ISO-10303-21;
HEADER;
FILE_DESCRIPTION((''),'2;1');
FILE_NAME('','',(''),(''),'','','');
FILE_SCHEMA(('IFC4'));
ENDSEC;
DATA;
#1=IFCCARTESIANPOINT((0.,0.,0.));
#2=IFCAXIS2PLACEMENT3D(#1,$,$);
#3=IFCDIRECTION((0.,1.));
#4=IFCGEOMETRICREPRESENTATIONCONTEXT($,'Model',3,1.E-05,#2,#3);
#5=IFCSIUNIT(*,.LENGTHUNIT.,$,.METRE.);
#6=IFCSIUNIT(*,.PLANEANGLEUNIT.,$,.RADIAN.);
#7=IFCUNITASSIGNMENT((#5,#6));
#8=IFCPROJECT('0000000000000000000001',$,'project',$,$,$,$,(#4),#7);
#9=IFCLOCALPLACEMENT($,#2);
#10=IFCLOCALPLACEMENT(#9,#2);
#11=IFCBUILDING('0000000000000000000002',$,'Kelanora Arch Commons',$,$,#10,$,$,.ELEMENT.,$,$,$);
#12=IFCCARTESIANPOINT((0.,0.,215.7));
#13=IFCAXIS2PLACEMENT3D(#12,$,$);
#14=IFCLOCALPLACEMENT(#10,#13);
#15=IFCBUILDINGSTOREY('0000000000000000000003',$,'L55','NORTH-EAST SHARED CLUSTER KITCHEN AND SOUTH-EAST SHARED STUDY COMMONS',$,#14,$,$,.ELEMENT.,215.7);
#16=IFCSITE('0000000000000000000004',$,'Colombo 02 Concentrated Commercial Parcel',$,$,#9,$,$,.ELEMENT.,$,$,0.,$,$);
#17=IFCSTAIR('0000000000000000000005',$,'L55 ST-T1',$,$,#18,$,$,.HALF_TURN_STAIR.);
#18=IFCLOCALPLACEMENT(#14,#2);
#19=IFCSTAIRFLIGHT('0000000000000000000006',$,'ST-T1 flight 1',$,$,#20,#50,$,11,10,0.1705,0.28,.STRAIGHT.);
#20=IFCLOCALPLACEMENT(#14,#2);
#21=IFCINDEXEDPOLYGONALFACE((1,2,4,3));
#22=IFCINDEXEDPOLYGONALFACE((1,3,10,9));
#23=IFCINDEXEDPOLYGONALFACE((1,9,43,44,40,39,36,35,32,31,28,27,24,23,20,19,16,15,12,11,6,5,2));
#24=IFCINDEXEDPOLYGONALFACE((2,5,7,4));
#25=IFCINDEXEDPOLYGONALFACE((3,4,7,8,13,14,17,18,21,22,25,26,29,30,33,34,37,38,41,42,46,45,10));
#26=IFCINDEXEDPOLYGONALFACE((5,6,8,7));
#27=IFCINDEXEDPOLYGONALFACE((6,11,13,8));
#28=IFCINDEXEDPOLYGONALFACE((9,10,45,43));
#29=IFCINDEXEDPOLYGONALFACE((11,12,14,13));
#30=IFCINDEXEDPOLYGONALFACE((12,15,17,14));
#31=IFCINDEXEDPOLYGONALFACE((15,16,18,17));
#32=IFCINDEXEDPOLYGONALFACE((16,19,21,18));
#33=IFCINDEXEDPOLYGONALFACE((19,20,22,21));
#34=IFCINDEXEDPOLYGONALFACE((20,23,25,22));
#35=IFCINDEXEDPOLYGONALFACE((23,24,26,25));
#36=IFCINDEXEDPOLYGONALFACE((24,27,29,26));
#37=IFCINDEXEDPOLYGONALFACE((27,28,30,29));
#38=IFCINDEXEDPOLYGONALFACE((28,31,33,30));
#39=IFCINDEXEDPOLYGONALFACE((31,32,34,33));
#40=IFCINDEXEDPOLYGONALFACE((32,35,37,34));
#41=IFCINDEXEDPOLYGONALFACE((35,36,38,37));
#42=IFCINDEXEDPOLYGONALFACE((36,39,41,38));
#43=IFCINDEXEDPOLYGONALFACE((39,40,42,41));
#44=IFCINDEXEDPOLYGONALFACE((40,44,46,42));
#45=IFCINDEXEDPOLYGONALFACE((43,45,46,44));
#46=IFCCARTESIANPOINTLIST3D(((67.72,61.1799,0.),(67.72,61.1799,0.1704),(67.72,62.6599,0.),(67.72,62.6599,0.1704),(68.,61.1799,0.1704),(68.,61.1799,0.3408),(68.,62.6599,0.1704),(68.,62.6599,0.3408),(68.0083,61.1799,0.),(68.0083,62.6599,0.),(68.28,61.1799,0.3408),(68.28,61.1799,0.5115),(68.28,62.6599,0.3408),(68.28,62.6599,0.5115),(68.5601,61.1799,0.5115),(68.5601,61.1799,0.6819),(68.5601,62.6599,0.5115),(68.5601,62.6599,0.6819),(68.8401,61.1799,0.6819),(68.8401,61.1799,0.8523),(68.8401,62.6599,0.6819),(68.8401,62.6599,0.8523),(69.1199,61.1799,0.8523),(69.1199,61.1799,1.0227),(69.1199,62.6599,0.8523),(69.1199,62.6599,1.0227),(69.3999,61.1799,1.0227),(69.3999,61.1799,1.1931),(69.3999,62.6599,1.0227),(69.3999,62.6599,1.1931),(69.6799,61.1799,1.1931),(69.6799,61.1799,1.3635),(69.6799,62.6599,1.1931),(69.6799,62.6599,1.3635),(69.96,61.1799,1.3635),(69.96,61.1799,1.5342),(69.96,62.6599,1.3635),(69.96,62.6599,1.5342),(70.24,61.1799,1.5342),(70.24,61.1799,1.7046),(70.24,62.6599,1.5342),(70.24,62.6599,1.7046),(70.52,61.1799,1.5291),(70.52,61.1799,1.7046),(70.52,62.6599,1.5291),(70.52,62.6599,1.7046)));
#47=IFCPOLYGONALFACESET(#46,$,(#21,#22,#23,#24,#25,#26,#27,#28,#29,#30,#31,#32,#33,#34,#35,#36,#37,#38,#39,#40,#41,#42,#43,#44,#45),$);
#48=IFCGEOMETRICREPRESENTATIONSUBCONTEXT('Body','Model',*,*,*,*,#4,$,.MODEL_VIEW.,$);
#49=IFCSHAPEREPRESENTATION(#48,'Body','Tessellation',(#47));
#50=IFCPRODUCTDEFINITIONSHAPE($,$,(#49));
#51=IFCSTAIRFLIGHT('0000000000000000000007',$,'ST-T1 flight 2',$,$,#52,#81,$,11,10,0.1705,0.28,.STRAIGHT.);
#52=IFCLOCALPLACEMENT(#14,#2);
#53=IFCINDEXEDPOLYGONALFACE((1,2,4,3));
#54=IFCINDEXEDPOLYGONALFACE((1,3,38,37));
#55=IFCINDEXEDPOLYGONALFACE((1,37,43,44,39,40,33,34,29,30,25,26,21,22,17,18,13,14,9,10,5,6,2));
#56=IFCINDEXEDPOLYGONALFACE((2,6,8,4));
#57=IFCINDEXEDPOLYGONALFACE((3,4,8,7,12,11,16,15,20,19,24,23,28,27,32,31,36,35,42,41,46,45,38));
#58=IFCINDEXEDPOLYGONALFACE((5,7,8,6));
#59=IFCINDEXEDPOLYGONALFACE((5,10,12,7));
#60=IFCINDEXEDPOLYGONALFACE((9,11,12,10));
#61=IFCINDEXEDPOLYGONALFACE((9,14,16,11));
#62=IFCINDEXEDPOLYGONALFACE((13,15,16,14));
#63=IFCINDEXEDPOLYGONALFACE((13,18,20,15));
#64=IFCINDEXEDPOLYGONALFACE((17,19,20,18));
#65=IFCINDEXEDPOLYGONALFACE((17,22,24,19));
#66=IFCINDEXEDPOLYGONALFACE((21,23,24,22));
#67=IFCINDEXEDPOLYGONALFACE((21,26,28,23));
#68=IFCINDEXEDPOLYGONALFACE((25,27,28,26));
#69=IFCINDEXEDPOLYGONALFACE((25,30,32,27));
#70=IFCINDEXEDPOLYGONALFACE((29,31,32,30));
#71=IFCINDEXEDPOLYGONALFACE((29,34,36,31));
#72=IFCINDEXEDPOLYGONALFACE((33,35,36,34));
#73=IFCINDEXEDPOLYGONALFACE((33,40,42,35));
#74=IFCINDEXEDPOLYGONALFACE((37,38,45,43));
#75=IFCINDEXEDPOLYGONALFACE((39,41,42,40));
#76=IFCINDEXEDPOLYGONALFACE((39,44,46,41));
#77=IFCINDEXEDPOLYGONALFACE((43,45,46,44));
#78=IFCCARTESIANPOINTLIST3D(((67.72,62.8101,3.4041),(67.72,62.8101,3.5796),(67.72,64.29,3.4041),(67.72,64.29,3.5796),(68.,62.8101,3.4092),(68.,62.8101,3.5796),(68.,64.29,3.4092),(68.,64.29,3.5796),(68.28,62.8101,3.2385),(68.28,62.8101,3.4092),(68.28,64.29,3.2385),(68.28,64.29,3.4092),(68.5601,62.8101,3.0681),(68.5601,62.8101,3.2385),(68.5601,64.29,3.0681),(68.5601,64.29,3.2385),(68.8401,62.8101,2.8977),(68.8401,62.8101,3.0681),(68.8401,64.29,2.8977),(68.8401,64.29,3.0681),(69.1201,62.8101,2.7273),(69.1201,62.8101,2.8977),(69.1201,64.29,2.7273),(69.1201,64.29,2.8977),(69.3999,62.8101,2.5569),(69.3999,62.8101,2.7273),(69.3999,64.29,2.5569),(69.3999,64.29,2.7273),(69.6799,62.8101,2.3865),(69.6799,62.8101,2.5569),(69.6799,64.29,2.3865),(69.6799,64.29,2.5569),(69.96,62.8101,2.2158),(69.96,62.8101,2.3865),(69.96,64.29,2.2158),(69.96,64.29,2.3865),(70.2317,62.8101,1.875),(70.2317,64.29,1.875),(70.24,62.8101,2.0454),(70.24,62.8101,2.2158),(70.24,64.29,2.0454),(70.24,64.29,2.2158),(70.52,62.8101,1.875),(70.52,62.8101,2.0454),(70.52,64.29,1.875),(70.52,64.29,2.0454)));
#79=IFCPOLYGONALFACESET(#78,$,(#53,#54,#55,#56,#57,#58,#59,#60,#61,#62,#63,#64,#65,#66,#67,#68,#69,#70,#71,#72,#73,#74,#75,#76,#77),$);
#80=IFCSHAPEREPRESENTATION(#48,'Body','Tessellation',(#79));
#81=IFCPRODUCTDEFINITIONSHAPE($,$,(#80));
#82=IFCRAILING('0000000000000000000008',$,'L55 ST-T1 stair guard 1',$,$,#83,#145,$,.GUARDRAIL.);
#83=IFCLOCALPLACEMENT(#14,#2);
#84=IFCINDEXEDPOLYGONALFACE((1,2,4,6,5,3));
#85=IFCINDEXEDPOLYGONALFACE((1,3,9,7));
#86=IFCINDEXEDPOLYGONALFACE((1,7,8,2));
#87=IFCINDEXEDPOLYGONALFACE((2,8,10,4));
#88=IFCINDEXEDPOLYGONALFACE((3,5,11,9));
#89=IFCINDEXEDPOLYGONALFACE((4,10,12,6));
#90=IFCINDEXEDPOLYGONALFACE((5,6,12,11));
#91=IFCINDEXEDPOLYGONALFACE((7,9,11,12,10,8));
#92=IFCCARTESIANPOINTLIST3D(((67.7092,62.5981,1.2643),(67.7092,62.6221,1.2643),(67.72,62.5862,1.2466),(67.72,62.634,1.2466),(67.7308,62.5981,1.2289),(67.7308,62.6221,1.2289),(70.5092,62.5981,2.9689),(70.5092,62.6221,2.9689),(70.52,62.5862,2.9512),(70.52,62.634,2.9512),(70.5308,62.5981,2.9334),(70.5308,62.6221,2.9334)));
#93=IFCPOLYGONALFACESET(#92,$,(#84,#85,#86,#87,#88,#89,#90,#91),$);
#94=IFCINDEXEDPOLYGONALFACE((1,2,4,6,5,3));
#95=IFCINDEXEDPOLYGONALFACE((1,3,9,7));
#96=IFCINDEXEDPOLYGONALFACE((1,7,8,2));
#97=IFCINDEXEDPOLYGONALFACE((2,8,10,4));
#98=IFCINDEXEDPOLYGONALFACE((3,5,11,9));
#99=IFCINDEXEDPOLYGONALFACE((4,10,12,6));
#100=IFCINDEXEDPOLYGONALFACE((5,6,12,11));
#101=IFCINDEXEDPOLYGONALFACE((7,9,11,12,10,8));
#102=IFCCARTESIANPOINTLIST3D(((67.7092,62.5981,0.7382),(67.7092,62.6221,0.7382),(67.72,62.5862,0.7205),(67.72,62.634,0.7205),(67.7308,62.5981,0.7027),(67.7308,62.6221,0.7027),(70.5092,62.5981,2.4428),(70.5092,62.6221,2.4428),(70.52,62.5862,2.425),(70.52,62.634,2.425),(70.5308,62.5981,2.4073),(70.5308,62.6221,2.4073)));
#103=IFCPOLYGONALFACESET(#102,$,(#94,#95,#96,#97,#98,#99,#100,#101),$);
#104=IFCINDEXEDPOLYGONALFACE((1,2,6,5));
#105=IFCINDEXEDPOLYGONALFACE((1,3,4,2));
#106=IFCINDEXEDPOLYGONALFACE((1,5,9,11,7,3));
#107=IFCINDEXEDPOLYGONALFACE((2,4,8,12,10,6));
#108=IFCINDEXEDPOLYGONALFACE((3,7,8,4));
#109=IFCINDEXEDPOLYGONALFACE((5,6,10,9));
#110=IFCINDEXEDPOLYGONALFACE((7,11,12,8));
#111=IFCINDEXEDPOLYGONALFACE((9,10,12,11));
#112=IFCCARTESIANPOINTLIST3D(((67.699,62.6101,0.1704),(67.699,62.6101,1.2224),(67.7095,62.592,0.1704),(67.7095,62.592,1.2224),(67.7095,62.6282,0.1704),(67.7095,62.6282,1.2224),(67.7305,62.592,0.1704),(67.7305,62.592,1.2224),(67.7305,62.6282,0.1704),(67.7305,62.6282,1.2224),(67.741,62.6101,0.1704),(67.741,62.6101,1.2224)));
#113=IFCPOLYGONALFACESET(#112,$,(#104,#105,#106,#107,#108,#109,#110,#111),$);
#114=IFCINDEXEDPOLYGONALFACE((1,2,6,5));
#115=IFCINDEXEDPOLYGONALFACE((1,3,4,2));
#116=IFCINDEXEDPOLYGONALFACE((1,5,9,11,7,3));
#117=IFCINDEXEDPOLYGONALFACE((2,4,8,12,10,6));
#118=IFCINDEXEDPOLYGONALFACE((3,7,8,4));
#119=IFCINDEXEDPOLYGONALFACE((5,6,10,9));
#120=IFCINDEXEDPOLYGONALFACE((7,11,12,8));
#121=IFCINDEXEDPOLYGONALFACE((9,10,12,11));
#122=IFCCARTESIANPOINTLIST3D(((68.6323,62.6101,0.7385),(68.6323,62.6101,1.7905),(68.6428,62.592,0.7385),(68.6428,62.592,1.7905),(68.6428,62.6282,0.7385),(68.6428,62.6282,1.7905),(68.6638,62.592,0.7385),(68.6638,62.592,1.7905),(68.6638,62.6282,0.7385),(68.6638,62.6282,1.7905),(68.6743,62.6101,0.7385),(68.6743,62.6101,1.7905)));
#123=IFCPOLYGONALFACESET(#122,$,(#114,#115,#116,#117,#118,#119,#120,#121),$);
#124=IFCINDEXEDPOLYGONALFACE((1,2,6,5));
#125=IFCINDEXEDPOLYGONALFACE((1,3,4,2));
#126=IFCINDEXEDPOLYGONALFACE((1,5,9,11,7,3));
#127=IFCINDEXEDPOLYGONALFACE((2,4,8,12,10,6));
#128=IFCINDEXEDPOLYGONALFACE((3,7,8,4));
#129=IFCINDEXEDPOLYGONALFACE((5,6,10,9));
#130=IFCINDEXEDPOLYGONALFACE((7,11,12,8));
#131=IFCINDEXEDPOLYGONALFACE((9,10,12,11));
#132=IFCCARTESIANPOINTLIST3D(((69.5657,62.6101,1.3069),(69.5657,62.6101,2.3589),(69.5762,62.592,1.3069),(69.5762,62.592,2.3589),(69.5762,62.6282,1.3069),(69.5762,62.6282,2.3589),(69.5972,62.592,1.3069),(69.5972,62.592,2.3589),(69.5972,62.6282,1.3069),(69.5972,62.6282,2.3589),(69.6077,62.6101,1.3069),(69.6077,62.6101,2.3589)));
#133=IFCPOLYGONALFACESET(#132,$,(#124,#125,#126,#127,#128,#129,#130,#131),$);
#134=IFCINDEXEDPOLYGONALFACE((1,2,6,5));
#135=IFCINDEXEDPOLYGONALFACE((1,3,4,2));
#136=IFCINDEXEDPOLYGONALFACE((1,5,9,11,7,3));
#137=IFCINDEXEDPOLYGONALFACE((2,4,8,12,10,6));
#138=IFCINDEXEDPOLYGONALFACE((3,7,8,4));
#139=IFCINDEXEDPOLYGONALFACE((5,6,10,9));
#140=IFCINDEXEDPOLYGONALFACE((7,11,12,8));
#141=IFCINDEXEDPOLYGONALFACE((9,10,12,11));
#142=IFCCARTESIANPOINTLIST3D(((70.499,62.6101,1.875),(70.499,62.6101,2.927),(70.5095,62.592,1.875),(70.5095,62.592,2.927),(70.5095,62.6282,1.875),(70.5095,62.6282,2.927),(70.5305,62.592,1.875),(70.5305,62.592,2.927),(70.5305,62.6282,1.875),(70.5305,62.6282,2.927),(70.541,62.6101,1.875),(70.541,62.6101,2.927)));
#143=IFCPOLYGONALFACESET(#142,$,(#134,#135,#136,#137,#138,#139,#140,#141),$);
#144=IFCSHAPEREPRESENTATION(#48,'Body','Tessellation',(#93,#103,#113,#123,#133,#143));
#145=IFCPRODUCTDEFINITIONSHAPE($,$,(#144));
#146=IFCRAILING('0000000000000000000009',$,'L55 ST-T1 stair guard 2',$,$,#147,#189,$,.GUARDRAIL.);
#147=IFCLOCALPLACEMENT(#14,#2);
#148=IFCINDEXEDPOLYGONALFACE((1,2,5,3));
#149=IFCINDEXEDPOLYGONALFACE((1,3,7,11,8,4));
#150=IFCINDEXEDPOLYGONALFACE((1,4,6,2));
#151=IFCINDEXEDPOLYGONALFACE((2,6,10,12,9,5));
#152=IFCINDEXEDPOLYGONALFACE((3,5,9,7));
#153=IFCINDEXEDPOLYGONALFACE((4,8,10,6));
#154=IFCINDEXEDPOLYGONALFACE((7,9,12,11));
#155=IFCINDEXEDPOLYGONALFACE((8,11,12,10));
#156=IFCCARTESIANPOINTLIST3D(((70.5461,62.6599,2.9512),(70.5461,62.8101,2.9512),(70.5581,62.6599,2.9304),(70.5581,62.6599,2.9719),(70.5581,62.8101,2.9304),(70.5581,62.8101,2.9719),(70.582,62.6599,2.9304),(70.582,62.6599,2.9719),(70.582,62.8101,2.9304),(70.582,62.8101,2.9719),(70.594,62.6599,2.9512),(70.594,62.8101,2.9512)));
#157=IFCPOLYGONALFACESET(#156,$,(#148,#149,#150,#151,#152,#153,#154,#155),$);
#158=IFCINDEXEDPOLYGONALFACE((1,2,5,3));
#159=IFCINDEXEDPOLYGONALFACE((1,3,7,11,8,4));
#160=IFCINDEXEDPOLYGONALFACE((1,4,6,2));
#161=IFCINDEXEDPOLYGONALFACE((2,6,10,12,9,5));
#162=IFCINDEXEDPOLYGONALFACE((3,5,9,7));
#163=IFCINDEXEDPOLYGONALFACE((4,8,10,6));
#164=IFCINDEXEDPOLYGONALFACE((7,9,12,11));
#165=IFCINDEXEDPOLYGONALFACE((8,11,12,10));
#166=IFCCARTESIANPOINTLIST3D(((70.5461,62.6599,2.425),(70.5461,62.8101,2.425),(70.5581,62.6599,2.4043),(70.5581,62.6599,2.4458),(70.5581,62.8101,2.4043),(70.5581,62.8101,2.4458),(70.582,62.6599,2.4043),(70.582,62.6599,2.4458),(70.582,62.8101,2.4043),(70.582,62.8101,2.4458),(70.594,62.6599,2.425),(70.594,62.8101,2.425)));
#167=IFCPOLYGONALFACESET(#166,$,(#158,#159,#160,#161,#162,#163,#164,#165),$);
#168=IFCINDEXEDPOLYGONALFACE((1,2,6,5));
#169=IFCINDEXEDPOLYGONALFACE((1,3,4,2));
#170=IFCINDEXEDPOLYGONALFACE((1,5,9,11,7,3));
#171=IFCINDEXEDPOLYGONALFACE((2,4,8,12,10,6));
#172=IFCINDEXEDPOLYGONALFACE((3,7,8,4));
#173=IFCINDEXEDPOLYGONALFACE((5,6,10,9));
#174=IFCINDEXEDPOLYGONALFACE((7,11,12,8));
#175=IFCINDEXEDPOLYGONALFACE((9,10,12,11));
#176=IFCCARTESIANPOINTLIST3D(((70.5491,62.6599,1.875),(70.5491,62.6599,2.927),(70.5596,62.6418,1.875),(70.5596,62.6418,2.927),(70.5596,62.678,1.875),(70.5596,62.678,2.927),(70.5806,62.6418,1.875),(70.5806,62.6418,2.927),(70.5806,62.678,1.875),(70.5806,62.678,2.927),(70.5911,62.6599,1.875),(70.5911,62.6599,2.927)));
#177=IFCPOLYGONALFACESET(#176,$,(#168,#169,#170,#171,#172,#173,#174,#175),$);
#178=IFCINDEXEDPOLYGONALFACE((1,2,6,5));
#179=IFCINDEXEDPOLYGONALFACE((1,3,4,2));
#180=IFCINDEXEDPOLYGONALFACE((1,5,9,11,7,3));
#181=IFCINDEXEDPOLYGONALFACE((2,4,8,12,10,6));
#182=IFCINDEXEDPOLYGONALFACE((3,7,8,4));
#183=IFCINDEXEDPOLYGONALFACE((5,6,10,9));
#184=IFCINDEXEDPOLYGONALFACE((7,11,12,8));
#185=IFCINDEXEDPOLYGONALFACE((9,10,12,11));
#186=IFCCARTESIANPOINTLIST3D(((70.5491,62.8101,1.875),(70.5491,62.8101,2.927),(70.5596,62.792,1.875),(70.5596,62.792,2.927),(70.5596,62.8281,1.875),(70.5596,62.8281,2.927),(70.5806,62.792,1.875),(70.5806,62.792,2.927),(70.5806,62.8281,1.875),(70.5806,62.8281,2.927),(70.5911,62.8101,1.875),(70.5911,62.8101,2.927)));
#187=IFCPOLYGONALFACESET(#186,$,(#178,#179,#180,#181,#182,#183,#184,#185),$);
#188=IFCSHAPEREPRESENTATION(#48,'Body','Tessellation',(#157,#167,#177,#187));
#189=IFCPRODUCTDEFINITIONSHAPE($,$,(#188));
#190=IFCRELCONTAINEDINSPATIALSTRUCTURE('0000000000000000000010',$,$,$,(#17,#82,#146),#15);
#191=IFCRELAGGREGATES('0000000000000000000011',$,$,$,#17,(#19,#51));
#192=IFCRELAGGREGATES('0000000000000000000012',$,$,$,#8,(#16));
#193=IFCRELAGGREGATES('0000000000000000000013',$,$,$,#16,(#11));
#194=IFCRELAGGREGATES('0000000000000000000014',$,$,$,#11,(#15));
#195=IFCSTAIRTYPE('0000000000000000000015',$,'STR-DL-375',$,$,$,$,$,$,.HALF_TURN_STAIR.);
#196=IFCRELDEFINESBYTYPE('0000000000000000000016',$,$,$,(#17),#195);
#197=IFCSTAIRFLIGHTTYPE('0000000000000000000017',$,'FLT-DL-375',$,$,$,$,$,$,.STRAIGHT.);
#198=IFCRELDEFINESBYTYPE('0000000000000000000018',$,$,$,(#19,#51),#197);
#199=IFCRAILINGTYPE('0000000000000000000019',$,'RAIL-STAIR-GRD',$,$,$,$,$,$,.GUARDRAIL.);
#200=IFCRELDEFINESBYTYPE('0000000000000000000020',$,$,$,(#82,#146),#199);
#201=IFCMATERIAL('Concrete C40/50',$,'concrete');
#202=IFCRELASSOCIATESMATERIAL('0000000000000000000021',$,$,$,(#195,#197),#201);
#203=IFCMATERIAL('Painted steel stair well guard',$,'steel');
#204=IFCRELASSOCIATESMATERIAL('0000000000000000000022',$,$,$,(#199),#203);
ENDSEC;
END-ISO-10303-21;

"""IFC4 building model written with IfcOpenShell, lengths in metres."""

from ifc_helpers import new_model, si_unit, direction, frame, origin, place, context, subcontext, project, spatial, polyline, outline, extrude, material, type_object, element, aggregate, save


model = new_model("IFC4")

# Units and contexts
model_context = context("Model", 3, precision=1e-05, world=origin(), true_north=direction((0.0, 1.0)))
body_context = subcontext(model_context, "Body", "Model", "MODEL_VIEW")
ifc_project = project(units=[si_unit("LENGTHUNIT", "METRE"), si_unit("PLANEANGLEUNIT", "RADIAN")], contexts=[model_context])

# Site, building, storey
site_placement = place(None, origin())
site = spatial("IfcSite", under=ifc_project, at=site_placement, Name="Colombo 02 Concentrated Commercial Parcel", CompositionType="ELEMENT", RefElevation=0.0)
building_placement = place(site_placement, origin())
building = spatial("IfcBuilding", under=site, at=building_placement, Name="Kelanora Arch Commons", CompositionType="ELEMENT")
storey_placement = place(building_placement, frame((0.0, 0.0, 215.7)))
storey = spatial("IfcBuildingStorey", under=building, at=storey_placement, Name="L55", Description="NORTH-EAST SHARED CLUSTER KITCHEN AND SOUTH-EAST SHARED STUDY COMMONS", CompositionType="ELEMENT", Elevation=215.7)

# Shared definitions
ifc_material_1 = material(Name="Concrete C40/50", Category="concrete")

# Stair, stair flights
stair_type = type_object("IfcStairType", Name="STR-DL-375", PredefinedType="HALF_TURN_STAIR", material=ifc_material_1)
stair_placement = place(storey_placement, origin())
stair = element("IfcStair", 1, at=stair_placement, inside=storey, type_object=stair_type, Name="L55 ST-T1", PredefinedType="HALF_TURN_STAIR")
stair_flight_type = type_object("IfcStairFlightType", Name="FLT-DL-375", PredefinedType="STRAIGHT", material=ifc_material_1)
stair_flight_1_placement = place(storey_placement, frame((67.72, 61.9199, 0.0), z_axis=(0.0, 0.0, 1.0), x_axis=(1.0, 0.0, 0.0)))
stair_flight_1 = element("IfcStairFlight", 2, at=stair_flight_1_placement, type_object=stair_flight_type, Name="ST-T1 flight 1", NumberOfRisers=11, NumberOfTreads=10, PredefinedType="STRAIGHT", RiserHeight=0.1705, TreadLength=0.28, context=body_context, shape_type="SweptSolid", body=[
    extrude(outline(polyline([(0.0, 0.0), (0.0, 0.1704), (0.28, 0.1704), (0.28, 0.3408), (0.5601, 0.3408), (0.5601, 0.5115), (0.8401, 0.5115), (0.8401, 0.6819), (1.1201, 0.6819), (1.1201, 0.8523), (1.3999, 0.8523), (1.3999, 1.0227), (1.6799, 1.0227), (1.6799, 1.1931), (1.96, 1.1931), (1.96, 1.3635), (2.24, 1.3635), (2.24, 1.5342), (2.52, 1.5342), (2.52, 1.7046), (2.8, 1.7046), (2.8, 1.875), (2.8, 1.5291), (0.2883, 0.0), (0.0, 0.0)])), frame((0.0, 0.74, 0.0), z_axis=(0.0, -1.0, 0.0), x_axis=(1.0, 0.0, 0.0)), (0.0, 0.0, 1.0), 1.48),
])
stair_flight_2_placement = place(storey_placement, frame((70.52, 63.55, 1.875), z_axis=(0.0, 0.0, 1.0), x_axis=(-1.0, 0.0, 0.0)))
stair_flight_2 = element("IfcStairFlight", 3, at=stair_flight_2_placement, type_object=stair_flight_type, Name="ST-T1 flight 2", NumberOfRisers=11, NumberOfTreads=10, PredefinedType="STRAIGHT", RiserHeight=0.1705, TreadLength=0.28, context=body_context, shape_type="SweptSolid", body=[
    extrude(outline(polyline([(0.0, 0.0), (0.0, 0.1704), (0.28, 0.1704), (0.28, 0.3408), (0.5601, 0.3408), (0.5601, 0.5115), (0.8401, 0.5115), (0.8401, 0.6819), (1.1201, 0.6819), (1.1201, 0.8523), (1.3999, 0.8523), (1.3999, 1.0227), (1.6799, 1.0227), (1.6799, 1.1931), (1.96, 1.1931), (1.96, 1.3635), (2.24, 1.3635), (2.24, 1.5342), (2.52, 1.5342), (2.52, 1.7046), (2.8, 1.7046), (2.8, 1.875), (2.8, 1.5291), (0.2883, 0.0), (0.0, 0.0)])), frame((0.0, 0.74, 0.0), z_axis=(0.0, -1.0, 0.0), x_axis=(1.0, 0.0, 0.0)), (0.0, 0.0, 1.0), 1.48),
])
aggregate(stair, [stair_flight_1, stair_flight_2])

# Railings
ifc_material_2 = material(Name="Painted steel stair well guard", Category="steel")
railing_type_1 = type_object("IfcRailingType", Name="RAIL-STAIR-GRD", PredefinedType="GUARDRAIL", material=ifc_material_2)
railing_1_placement = place(storey_placement, frame((67.72, 62.6101, 0.1704)))
element("IfcRailing", 4, at=railing_1_placement, inside=storey, type_object=railing_type_1, Name="L55 ST-T1 stair guard 1", PredefinedType="GUARDRAIL", context=body_context, shape_type="SweptSolid", body=[
    extrude(outline(polyline([(0.0239, 0.0), (0.012, 0.0208), (-0.012, 0.0208), (-0.0239, 0.0), (-0.012, -0.0208), (0.012, -0.0208), (0.0239, 0.0)])), frame((0.0, 0.0, 1.0762), z_axis=(0.85417, 0.0, 0.519994), x_axis=(0.0, 1.0, 0.0)), (0.0, 0.0, 1.0), 3.2781),
    extrude(outline(polyline([(0.0239, 0.0), (0.012, 0.0208), (-0.012, 0.0208), (-0.0239, 0.0), (-0.012, -0.0208), (0.012, -0.0208), (0.0239, 0.0)])), frame((0.0, 0.0, 0.55), z_axis=(0.85417, 0.0, 0.519994), x_axis=(0.0, 1.0, 0.0)), (0.0, 0.0, 1.0), 3.2781),
    extrude(outline(polyline([(0.021, 0.0), (0.0105, 0.0181), (-0.0105, 0.0181), (-0.021, 0.0), (-0.0105, -0.0181), (0.0105, -0.0181), (0.021, 0.0)])), origin(), (0.0, 0.0, 1.0), 1.052),
    extrude(outline(polyline([(0.021, 0.0), (0.0105, 0.0181), (-0.0105, 0.0181), (-0.021, 0.0), (-0.0105, -0.0181), (0.0105, -0.0181), (0.021, 0.0)])), frame((0.9333, 0.0, 0.5681)), (0.0, 0.0, 1.0), 1.052),
    extrude(outline(polyline([(0.021, 0.0), (0.0105, 0.0181), (-0.0105, 0.0181), (-0.021, 0.0), (-0.0105, -0.0181), (0.0105, -0.0181), (0.021, 0.0)])), frame((1.8667, 0.0, 1.1365)), (0.0, 0.0, 1.0), 1.052),
    extrude(outline(polyline([(0.021, 0.0), (0.0105, 0.0181), (-0.0105, 0.0181), (-0.021, 0.0), (-0.0105, -0.0181), (0.0105, -0.0181), (0.021, 0.0)])), frame((2.8, 0.0, 1.7046)), (0.0, 0.0, 1.0), 1.052),
])
railing_2_placement = place(storey_placement, frame((70.5701, 62.6599, 1.875)))
element("IfcRailing", 5, at=railing_2_placement, inside=storey, type_object=railing_type_1, Name="L55 ST-T1 stair guard 2", PredefinedType="GUARDRAIL", context=body_context, shape_type="SweptSolid", body=[
    extrude(outline(polyline([(0.0239, 0.0), (0.012, 0.0208), (-0.012, 0.0208), (-0.0239, 0.0), (-0.012, -0.0208), (0.012, -0.0208), (0.0239, 0.0)])), frame((0.0, 0.0, 1.0762), z_axis=(0.0, 1.0, 0.0), x_axis=(-1.0, 0.0, 0.0)), (0.0, 0.0, 1.0), 0.1501),
    extrude(outline(polyline([(0.0239, 0.0), (0.012, 0.0208), (-0.012, 0.0208), (-0.0239, 0.0), (-0.012, -0.0208), (0.012, -0.0208), (0.0239, 0.0)])), frame((0.0, 0.0, 0.55), z_axis=(0.0, 1.0, 0.0), x_axis=(-1.0, 0.0, 0.0)), (0.0, 0.0, 1.0), 0.1501),
    extrude(outline(polyline([(0.021, 0.0), (0.0105, 0.0181), (-0.0105, 0.0181), (-0.021, 0.0), (-0.0105, -0.0181), (0.0105, -0.0181), (0.021, 0.0)])), origin(), (0.0, 0.0, 1.0), 1.052),
    extrude(outline(polyline([(0.021, 0.0), (0.0105, 0.0181), (-0.0105, 0.0181), (-0.021, 0.0), (-0.0105, -0.0181), (0.0105, -0.0181), (0.021, 0.0)])), frame((0.0, 0.1501, 0.0)), (0.0, 0.0, 1.0), 1.052),
])

save(model, "model.ifc")
